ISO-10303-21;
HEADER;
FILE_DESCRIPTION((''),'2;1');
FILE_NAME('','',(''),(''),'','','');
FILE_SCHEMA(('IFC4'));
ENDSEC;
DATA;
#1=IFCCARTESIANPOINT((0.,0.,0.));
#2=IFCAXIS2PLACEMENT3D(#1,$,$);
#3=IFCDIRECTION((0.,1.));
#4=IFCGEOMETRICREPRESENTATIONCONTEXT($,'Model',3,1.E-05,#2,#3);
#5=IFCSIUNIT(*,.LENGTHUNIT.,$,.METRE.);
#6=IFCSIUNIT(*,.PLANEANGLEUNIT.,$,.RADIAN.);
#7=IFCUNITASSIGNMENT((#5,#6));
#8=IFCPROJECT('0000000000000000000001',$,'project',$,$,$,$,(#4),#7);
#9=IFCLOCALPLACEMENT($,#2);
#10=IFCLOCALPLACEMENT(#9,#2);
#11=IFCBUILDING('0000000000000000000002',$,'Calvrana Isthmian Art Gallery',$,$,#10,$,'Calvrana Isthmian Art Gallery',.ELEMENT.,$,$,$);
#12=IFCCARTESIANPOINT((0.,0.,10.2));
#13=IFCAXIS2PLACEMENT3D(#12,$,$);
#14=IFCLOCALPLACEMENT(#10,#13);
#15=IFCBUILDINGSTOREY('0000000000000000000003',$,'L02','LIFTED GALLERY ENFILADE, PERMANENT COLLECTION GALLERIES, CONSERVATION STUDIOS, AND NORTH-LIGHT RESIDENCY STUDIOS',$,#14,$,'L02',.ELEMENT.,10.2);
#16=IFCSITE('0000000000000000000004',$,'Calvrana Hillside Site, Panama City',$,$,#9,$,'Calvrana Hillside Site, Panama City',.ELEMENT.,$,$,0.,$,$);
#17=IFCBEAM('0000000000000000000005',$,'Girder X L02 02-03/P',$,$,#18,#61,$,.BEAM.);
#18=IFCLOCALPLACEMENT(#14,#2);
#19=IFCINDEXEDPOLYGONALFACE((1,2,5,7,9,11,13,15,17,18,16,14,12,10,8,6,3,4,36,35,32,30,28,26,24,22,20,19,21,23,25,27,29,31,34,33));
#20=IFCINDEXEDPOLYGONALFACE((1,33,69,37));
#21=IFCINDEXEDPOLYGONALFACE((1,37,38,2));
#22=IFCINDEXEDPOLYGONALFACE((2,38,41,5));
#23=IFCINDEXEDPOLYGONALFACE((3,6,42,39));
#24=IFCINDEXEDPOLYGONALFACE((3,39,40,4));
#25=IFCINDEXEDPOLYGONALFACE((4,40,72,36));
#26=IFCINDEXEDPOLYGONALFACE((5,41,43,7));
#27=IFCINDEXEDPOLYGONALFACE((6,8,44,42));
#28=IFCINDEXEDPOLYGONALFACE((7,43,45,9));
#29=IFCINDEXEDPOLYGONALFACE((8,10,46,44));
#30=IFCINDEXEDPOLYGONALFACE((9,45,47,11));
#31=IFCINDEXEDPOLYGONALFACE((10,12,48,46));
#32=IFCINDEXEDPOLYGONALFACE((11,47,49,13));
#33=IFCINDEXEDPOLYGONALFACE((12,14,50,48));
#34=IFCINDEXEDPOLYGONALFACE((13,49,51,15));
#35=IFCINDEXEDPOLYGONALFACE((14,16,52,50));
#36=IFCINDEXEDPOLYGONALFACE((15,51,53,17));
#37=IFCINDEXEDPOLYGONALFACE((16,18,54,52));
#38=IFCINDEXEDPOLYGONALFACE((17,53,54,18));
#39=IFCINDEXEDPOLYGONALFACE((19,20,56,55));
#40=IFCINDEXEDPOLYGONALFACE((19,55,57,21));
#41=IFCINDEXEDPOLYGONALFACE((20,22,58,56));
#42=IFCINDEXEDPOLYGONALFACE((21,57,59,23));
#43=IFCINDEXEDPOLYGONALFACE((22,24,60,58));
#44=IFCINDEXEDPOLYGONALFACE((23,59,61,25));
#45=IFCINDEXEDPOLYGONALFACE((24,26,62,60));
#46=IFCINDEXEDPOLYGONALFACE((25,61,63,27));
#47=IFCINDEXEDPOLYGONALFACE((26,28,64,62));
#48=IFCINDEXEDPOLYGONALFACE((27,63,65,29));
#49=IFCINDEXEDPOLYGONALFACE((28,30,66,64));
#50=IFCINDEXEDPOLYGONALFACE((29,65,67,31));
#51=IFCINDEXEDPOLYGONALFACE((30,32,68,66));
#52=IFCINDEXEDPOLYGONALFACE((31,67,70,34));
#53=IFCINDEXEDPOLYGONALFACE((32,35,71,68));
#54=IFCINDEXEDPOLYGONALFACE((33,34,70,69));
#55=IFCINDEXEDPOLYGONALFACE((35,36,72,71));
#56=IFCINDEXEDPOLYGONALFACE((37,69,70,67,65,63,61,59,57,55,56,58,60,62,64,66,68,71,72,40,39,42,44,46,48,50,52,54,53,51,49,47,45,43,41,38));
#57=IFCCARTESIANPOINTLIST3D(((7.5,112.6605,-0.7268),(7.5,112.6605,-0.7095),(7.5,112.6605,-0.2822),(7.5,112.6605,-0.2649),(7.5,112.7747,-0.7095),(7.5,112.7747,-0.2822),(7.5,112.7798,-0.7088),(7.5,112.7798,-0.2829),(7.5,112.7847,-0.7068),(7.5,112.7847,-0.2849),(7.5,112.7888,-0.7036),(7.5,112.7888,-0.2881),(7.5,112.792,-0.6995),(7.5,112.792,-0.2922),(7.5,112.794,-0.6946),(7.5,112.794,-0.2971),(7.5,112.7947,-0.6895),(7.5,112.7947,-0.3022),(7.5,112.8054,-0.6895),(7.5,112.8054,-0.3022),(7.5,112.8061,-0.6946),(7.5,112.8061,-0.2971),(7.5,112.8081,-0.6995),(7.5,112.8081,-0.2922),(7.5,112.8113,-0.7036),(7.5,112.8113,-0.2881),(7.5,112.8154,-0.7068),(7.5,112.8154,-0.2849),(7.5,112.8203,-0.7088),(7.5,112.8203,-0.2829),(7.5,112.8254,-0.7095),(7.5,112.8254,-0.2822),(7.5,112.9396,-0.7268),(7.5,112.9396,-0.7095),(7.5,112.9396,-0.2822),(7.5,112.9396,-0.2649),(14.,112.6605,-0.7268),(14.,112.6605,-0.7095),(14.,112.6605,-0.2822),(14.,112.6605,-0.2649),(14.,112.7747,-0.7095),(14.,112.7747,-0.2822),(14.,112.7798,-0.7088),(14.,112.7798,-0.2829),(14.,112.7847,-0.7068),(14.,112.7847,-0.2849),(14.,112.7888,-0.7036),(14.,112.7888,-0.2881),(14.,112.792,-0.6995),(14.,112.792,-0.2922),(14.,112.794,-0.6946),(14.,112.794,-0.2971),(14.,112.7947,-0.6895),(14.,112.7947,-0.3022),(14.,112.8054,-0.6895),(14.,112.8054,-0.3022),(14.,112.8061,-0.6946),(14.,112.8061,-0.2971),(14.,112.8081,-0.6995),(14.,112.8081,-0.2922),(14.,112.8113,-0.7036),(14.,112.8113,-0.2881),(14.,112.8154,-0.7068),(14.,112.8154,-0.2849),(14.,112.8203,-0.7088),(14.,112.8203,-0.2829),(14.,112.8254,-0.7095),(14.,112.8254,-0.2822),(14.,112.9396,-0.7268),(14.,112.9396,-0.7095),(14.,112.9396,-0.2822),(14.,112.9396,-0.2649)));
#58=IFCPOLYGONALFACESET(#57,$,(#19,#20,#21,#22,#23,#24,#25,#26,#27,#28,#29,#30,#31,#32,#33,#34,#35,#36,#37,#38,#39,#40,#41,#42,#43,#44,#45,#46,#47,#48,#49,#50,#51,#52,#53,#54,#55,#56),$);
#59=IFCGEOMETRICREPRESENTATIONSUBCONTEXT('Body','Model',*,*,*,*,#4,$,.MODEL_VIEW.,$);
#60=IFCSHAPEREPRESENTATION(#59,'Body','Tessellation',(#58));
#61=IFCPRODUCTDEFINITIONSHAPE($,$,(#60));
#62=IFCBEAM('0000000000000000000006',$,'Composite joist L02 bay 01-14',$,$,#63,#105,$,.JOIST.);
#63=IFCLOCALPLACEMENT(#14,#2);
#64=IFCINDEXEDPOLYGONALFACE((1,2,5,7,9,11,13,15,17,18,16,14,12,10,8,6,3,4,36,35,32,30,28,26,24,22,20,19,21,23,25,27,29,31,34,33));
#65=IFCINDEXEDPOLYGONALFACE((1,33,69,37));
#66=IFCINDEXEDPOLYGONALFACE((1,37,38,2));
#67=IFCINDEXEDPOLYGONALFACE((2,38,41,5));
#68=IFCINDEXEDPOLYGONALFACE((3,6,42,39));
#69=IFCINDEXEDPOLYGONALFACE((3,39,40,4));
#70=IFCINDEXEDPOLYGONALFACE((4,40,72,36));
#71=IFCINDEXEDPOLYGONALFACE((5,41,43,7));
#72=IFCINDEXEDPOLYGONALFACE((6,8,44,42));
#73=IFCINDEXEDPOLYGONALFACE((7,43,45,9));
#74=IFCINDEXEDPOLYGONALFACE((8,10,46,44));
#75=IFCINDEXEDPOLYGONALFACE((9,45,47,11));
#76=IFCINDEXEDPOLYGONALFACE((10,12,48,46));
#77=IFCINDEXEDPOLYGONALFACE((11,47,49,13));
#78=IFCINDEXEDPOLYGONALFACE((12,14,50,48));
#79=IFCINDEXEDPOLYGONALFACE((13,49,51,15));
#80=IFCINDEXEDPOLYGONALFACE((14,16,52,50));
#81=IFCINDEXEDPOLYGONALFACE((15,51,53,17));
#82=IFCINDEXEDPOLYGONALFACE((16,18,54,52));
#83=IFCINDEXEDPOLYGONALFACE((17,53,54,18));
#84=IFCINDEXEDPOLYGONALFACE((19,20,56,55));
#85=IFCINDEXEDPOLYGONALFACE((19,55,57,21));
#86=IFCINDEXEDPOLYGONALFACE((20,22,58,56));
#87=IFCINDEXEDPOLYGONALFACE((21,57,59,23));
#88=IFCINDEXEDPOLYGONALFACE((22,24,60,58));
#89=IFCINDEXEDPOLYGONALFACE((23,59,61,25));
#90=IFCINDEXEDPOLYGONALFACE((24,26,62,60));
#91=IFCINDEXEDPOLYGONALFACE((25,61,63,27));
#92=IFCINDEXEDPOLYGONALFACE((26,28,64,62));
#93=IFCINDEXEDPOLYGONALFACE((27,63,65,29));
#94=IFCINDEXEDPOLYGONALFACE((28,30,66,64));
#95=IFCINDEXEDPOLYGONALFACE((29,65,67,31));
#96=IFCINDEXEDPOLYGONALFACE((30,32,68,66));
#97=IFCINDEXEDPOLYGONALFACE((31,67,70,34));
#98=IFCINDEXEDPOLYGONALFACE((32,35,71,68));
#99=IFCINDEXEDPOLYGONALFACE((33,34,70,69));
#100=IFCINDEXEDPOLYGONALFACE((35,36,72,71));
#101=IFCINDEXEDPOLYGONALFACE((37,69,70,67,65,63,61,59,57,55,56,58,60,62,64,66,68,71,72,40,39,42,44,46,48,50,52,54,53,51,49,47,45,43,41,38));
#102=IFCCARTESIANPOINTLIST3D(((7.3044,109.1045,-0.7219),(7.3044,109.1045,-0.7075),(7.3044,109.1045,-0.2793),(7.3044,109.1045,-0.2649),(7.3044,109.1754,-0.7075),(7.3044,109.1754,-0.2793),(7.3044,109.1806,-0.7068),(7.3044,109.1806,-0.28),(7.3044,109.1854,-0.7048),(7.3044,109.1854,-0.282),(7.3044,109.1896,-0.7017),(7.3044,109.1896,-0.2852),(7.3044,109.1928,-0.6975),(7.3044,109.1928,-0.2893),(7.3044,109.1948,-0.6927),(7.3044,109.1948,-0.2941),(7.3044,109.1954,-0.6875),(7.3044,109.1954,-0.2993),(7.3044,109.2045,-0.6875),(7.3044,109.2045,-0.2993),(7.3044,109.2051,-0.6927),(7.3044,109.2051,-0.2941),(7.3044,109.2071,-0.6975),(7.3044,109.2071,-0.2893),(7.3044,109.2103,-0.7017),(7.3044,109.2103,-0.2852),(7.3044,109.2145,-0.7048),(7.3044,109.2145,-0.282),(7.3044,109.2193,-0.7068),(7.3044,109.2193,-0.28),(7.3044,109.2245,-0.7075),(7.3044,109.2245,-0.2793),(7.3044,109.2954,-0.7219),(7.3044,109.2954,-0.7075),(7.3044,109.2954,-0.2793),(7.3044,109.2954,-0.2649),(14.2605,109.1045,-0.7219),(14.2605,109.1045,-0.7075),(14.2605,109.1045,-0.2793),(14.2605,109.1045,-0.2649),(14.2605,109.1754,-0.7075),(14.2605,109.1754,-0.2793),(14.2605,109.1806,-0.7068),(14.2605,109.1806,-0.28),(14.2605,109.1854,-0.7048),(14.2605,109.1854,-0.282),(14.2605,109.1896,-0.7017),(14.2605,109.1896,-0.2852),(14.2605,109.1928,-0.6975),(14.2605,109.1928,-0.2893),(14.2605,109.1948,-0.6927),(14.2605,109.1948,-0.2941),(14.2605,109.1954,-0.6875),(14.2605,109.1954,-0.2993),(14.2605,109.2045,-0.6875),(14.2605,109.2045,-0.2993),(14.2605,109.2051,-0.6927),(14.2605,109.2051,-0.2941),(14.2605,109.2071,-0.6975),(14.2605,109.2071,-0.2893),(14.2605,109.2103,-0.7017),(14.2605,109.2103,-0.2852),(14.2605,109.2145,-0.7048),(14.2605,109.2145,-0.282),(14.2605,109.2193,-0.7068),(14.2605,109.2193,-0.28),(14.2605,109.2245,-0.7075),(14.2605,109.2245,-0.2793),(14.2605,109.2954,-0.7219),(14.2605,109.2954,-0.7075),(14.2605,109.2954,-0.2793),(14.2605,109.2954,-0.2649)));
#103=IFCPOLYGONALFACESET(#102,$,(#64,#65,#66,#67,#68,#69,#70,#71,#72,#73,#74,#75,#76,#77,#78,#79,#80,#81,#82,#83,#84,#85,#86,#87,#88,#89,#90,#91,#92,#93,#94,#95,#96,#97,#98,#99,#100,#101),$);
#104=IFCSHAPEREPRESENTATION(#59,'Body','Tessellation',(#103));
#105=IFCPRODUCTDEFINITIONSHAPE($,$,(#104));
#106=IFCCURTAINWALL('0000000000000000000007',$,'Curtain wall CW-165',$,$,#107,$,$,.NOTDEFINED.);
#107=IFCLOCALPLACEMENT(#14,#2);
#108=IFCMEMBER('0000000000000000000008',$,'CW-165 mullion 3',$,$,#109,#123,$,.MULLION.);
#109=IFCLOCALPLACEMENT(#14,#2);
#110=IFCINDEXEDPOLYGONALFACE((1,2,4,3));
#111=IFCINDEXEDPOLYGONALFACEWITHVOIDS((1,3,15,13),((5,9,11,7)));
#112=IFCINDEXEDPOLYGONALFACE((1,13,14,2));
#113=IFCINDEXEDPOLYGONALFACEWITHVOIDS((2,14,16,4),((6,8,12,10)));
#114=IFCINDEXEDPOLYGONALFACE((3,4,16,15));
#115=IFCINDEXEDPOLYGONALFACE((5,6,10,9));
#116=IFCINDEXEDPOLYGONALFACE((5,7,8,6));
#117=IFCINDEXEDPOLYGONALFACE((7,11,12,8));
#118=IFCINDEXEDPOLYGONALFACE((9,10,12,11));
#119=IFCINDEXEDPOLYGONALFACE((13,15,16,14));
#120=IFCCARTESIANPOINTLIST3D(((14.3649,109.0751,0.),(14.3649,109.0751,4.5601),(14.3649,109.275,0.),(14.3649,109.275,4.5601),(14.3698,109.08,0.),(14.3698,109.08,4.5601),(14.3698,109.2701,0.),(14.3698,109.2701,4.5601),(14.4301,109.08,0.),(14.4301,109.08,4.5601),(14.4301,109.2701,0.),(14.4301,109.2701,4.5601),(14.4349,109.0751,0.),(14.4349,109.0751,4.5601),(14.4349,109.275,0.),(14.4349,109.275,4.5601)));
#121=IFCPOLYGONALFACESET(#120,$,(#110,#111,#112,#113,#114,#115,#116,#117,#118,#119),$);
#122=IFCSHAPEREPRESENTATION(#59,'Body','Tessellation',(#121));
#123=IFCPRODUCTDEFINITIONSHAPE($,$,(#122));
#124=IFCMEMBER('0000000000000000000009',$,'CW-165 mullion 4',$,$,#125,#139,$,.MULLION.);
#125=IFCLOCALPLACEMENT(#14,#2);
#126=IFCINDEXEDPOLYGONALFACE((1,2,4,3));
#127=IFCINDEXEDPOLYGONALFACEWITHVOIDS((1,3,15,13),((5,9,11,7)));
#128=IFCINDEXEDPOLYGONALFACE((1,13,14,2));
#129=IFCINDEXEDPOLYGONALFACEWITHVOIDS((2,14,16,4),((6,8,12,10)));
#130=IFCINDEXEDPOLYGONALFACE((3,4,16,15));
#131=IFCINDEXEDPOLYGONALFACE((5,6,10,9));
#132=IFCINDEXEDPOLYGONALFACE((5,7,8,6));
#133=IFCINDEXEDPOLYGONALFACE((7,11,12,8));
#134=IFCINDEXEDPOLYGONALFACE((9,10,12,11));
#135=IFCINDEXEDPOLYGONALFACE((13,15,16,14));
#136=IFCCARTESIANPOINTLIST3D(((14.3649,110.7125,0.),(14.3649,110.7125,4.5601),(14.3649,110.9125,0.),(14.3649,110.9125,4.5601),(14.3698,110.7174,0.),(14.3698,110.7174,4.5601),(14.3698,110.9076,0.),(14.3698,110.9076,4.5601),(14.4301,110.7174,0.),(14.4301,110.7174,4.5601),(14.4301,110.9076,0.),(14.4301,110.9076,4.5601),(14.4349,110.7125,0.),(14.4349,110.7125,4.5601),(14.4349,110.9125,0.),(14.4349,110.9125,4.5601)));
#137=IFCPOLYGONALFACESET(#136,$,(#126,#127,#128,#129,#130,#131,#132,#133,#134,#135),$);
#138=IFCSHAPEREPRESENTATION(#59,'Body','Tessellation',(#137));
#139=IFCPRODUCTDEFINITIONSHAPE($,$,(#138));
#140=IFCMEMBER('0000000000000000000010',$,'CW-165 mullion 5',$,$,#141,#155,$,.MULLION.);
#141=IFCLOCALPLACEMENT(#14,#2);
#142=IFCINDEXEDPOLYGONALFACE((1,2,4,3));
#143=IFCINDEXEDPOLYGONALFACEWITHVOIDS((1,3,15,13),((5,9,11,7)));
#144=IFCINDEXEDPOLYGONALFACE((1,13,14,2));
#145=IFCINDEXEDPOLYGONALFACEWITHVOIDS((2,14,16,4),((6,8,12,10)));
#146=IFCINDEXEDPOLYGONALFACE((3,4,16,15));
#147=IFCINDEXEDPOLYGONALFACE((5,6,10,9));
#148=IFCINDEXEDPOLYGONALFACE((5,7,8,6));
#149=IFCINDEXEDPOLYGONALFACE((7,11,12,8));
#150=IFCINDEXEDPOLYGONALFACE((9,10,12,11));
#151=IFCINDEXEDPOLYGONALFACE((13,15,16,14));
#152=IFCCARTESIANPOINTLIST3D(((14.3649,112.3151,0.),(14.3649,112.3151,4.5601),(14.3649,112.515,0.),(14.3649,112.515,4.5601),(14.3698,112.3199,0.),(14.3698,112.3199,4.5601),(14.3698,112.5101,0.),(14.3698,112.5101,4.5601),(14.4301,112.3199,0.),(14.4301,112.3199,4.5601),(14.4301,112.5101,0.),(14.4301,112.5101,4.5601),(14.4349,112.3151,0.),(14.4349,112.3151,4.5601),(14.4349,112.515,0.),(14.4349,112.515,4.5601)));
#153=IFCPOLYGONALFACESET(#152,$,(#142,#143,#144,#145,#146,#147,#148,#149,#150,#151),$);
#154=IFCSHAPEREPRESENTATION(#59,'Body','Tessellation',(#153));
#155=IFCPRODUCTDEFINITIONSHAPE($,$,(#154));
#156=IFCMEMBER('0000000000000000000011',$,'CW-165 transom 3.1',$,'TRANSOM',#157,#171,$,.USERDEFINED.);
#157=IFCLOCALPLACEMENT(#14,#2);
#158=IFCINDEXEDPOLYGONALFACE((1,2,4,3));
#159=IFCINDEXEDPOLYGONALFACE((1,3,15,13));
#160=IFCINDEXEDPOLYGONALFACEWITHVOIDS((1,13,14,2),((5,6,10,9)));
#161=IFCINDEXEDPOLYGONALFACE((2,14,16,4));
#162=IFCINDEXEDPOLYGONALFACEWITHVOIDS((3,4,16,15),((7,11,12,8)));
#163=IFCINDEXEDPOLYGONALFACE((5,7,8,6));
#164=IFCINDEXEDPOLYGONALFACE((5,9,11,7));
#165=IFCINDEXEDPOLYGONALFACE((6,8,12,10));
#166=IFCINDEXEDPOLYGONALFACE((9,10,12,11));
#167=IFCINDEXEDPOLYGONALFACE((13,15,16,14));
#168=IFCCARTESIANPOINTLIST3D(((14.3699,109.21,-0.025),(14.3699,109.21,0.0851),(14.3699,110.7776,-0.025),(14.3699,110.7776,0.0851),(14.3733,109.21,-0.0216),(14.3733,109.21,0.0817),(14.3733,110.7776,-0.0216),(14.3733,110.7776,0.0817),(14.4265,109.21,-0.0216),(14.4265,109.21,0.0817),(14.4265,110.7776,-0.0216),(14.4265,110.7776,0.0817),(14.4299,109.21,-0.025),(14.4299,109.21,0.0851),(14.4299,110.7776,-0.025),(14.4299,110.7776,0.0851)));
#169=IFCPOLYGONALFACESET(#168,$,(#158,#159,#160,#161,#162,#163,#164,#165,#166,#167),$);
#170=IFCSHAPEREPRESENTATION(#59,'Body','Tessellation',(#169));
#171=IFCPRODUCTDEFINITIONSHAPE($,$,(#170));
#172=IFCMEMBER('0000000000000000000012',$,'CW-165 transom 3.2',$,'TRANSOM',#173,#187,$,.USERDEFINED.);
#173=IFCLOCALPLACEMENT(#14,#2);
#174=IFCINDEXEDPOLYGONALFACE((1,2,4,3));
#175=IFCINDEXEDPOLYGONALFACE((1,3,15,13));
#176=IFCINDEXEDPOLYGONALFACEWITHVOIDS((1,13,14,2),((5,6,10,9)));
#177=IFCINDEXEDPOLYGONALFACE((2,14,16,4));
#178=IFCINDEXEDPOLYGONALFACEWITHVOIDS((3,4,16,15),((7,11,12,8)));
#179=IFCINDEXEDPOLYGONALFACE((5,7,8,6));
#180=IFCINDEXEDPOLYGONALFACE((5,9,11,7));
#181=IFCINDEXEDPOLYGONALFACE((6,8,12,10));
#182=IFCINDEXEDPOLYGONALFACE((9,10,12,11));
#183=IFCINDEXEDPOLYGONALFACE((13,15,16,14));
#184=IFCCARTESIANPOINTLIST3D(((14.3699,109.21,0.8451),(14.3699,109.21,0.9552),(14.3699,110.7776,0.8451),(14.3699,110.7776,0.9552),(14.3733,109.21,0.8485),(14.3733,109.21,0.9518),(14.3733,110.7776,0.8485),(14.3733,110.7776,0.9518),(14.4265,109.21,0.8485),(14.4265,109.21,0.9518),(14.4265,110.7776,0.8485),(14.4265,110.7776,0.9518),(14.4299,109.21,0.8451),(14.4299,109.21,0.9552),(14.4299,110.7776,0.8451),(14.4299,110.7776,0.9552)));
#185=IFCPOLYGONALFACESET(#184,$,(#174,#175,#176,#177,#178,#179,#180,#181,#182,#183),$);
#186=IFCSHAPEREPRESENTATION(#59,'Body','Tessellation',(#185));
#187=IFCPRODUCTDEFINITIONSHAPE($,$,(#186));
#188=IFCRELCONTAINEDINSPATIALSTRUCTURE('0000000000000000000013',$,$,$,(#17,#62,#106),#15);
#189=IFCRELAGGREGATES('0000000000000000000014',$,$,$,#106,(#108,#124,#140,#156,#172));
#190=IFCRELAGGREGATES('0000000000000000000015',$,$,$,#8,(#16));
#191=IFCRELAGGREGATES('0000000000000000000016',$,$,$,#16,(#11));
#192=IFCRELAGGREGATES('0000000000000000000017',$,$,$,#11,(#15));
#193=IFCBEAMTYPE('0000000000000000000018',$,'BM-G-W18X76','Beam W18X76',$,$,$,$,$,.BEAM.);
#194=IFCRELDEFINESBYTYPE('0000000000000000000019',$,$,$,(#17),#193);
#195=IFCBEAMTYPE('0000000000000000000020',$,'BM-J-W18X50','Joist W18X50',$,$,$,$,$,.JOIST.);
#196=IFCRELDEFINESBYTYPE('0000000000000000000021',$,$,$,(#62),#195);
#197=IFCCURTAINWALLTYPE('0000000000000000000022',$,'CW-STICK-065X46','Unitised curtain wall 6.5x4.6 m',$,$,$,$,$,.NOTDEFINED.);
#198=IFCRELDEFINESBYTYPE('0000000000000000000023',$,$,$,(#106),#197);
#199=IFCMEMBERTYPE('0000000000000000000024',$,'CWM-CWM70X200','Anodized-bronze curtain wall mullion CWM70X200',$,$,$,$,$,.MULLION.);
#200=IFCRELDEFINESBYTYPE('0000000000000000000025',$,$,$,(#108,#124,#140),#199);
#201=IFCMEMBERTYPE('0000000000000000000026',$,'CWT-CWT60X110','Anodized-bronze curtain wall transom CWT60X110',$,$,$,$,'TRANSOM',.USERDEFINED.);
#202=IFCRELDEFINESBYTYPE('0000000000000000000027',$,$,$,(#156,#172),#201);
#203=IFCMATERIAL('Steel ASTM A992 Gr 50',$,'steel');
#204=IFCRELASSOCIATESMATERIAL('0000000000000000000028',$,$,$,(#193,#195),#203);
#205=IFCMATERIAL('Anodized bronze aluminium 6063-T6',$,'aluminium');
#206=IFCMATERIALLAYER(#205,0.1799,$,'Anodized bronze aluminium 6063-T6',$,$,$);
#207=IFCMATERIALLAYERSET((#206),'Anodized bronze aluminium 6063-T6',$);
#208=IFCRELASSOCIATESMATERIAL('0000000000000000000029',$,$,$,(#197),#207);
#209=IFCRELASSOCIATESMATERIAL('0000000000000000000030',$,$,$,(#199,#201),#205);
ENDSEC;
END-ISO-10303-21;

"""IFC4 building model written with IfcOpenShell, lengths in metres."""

from ifc_helpers import new_model, si_unit, direction, frame, origin, origin_2d, place, context, subcontext, project, spatial, hollow_rectangle, i_section, extrude, material, layer, layer_set, material_profile, profile_set, type_object, element, aggregate, save


model = new_model("IFC4")

# Units and contexts
model_context = context("Model", 3, precision=1e-05, world=origin(), true_north=direction((0.0, 1.0)))
body_context = subcontext(model_context, "Body", "Model", "MODEL_VIEW")
ifc_project = project(units=[si_unit("LENGTHUNIT", "METRE"), si_unit("PLANEANGLEUNIT", "RADIAN")], contexts=[model_context])

# Site, building, storey
site_placement = place(None, origin())
site = spatial("IfcSite", under=ifc_project, at=site_placement, Name="Calvrana Hillside Site, Panama City", LongName="Calvrana Hillside Site, Panama City", CompositionType="ELEMENT", RefElevation=0.0)
building_placement = place(site_placement, origin())
building = spatial("IfcBuilding", under=site, at=building_placement, Name="Calvrana Isthmian Art Gallery", LongName="Calvrana Isthmian Art Gallery", CompositionType="ELEMENT")
storey_placement = place(building_placement, frame((0.0, 0.0, 10.2)))
storey = spatial("IfcBuildingStorey", under=building, at=storey_placement, Name="L02", Description="LIFTED GALLERY ENFILADE, PERMANENT COLLECTION GALLERIES, CONSERVATION STUDIOS, AND NORTH-LIGHT RESIDENCY STUDIOS", LongName="L02", CompositionType="ELEMENT", Elevation=10.2)

# Beams
ifc_material_1 = material(Name="Steel ASTM A992 Gr 50", Category="steel")
ifc_material_profile_1 = material_profile(ifc_material_1, i_section(OverallWidth=0.2791, OverallDepth=0.4619, WebThickness=0.0107, FlangeThickness=0.0173, FilletRadius=0.02, at=origin_2d()), Name="W18X76")
ifc_profile_set_1 = profile_set([ifc_material_profile_1], Name="Steel ASTM A992 Gr 50")
beam_type_1 = type_object("IfcBeamType", Name="BM-G-W18X76", Description="Beam W18X76", PredefinedType="BEAM", material=ifc_profile_set_1)
beam_1_placement = place(storey_placement, frame((7.5, 112.8, -0.4958), z_axis=(1.0, 0.0, 0.0), x_axis=(0.0, 1.0, 0.0)))
element("IfcBeam", 1, at=beam_1_placement, inside=storey, type_object=beam_type_1, Name="Girder X L02 02-03/P", PredefinedType="BEAM", context=body_context, shape_type="SweptSolid", body=[
    extrude(i_section(OverallWidth=0.2791, OverallDepth=0.4619, WebThickness=0.0107, FlangeThickness=0.0173, FilletRadius=0.02, at=origin_2d()), origin(), (0.0, 0.0, 1.0), 6.5),
])
ifc_material_profile_2 = material_profile(ifc_material_1, i_section(OverallWidth=0.1909, OverallDepth=0.457, WebThickness=0.009, FlangeThickness=0.0144, FilletRadius=0.02, at=origin_2d()), Name="W18X50")
ifc_profile_set_2 = profile_set([ifc_material_profile_2], Name="Steel ASTM A992 Gr 50")
beam_type_2 = type_object("IfcBeamType", Name="BM-J-W18X50", Description="Joist W18X50", PredefinedType="JOIST", material=ifc_profile_set_2)
beam_2_placement = place(storey_placement, frame((7.3044, 109.2, -0.4934), z_axis=(1.0, 0.0, 0.0), x_axis=(0.0, 1.0, 0.0)))
element("IfcBeam", 2, at=beam_2_placement, inside=storey, type_object=beam_type_2, Name="Composite joist L02 bay 01-14", PredefinedType="JOIST", context=body_context, shape_type="SweptSolid", body=[
    extrude(i_section(OverallWidth=0.1909, OverallDepth=0.457, WebThickness=0.009, FlangeThickness=0.0144, FilletRadius=0.02, at=origin_2d()), origin(), (0.0, 0.0, 1.0), 6.9561),
])

# Curtain wall, members
ifc_material_2 = material(Name="Anodized bronze aluminium 6063-T6", Category="aluminium")
ifc_layer_1 = layer(ifc_material_2, 0.1799, Name="Anodized bronze aluminium 6063-T6")
ifc_layer_set_1 = layer_set([ifc_layer_1], Name="Anodized bronze aluminium 6063-T6")
curtain_wall_type = type_object("IfcCurtainWallType", Name="CW-STICK-065X46", Description="Unitised curtain wall 6.5x4.6 m", PredefinedType="NOTDEFINED", material=ifc_layer_set_1)
curtain_wall_placement = place(storey_placement, origin())
curtain_wall = element("IfcCurtainWall", 3, at=curtain_wall_placement, inside=storey, type_object=curtain_wall_type, Name="Curtain wall CW-165", PredefinedType="NOTDEFINED")
ifc_material_profile_3 = material_profile(ifc_material_2, hollow_rectangle(XDim=0.0701, YDim=0.2, WallThickness=0.0049, at=origin_2d()), Name="CWM70X200")
ifc_profile_set_3 = profile_set([ifc_material_profile_3], Name="Anodized bronze aluminium 6063-T6")
member_type_1 = type_object("IfcMemberType", Name="CWM-CWM70X200", Description="Anodized-bronze curtain wall mullion CWM70X200", PredefinedType="MULLION", material=ifc_profile_set_3)
member_1_placement = place(storey_placement, frame((14.3999, 109.175, 0.0), z_axis=(0.0, 0.0, 1.0), x_axis=(-1.0, 0.0, 0.0)))
member_1 = element("IfcMember", 4, at=member_1_placement, type_object=member_type_1, Name="CW-165 mullion 3", PredefinedType="MULLION", context=body_context, shape_type="SweptSolid", body=[
    extrude(hollow_rectangle(XDim=0.0701, YDim=0.2, WallThickness=0.0049, at=origin_2d()), origin(), (0.0, 0.0, 1.0), 4.5601),
])
member_2_placement = place(storey_placement, frame((14.3999, 110.8125, 0.0), z_axis=(0.0, 0.0, 1.0), x_axis=(-1.0, 0.0, 0.0)))
member_2 = element("IfcMember", 5, at=member_2_placement, type_object=member_type_1, Name="CW-165 mullion 4", PredefinedType="MULLION", context=body_context, shape_type="SweptSolid", body=[
    extrude(hollow_rectangle(XDim=0.0701, YDim=0.2, WallThickness=0.0049, at=origin_2d()), origin(), (0.0, 0.0, 1.0), 4.5601),
])
member_3_placement = place(storey_placement, frame((14.3999, 112.415, 0.0), z_axis=(0.0, 0.0, 1.0), x_axis=(-1.0, 0.0, 0.0)))
member_3 = element("IfcMember", 6, at=member_3_placement, type_object=member_type_1, Name="CW-165 mullion 5", PredefinedType="MULLION", context=body_context, shape_type="SweptSolid", body=[
    extrude(hollow_rectangle(XDim=0.0701, YDim=0.2, WallThickness=0.0049, at=origin_2d()), origin(), (0.0, 0.0, 1.0), 4.5601),
])
ifc_material_profile_4 = material_profile(ifc_material_2, hollow_rectangle(XDim=0.0601, YDim=0.1101, WallThickness=0.0034, at=origin_2d()), Name="CWT60X110")
ifc_profile_set_4 = profile_set([ifc_material_profile_4], Name="Anodized bronze aluminium 6063-T6")
member_type_2 = type_object("IfcMemberType", Name="CWT-CWT60X110", Description="Anodized-bronze curtain wall transom CWT60X110", ElementType="TRANSOM", PredefinedType="USERDEFINED", material=ifc_profile_set_4)
member_4_placement = place(storey_placement, frame((14.3999, 109.21, 0.03), z_axis=(0.0, 1.0, 0.0), x_axis=(-1.0, 0.0, 0.0)))
member_4 = element("IfcMember", 7, at=member_4_placement, type_object=member_type_2, Name="CW-165 transom 3.1", ObjectType="TRANSOM", PredefinedType="USERDEFINED", context=body_context, shape_type="SweptSolid", body=[
    extrude(hollow_rectangle(XDim=0.0601, YDim=0.1101, WallThickness=0.0034, at=origin_2d()), origin(), (0.0, 0.0, 1.0), 1.5676),
])
member_5_placement = place(storey_placement, frame((14.3999, 109.21, 0.9001), z_axis=(0.0, 1.0, 0.0), x_axis=(-1.0, 0.0, 0.0)))
member_5 = element("IfcMember", 8, at=member_5_placement, type_object=member_type_2, Name="CW-165 transom 3.2", ObjectType="TRANSOM", PredefinedType="USERDEFINED", context=body_context, shape_type="SweptSolid", body=[
    extrude(hollow_rectangle(XDim=0.0601, YDim=0.1101, WallThickness=0.0034, at=origin_2d()), origin(), (0.0, 0.0, 1.0), 1.5676),
])
aggregate(curtain_wall, [member_1, member_2, member_3, member_4, member_5])

save(model, "model.ifc")
